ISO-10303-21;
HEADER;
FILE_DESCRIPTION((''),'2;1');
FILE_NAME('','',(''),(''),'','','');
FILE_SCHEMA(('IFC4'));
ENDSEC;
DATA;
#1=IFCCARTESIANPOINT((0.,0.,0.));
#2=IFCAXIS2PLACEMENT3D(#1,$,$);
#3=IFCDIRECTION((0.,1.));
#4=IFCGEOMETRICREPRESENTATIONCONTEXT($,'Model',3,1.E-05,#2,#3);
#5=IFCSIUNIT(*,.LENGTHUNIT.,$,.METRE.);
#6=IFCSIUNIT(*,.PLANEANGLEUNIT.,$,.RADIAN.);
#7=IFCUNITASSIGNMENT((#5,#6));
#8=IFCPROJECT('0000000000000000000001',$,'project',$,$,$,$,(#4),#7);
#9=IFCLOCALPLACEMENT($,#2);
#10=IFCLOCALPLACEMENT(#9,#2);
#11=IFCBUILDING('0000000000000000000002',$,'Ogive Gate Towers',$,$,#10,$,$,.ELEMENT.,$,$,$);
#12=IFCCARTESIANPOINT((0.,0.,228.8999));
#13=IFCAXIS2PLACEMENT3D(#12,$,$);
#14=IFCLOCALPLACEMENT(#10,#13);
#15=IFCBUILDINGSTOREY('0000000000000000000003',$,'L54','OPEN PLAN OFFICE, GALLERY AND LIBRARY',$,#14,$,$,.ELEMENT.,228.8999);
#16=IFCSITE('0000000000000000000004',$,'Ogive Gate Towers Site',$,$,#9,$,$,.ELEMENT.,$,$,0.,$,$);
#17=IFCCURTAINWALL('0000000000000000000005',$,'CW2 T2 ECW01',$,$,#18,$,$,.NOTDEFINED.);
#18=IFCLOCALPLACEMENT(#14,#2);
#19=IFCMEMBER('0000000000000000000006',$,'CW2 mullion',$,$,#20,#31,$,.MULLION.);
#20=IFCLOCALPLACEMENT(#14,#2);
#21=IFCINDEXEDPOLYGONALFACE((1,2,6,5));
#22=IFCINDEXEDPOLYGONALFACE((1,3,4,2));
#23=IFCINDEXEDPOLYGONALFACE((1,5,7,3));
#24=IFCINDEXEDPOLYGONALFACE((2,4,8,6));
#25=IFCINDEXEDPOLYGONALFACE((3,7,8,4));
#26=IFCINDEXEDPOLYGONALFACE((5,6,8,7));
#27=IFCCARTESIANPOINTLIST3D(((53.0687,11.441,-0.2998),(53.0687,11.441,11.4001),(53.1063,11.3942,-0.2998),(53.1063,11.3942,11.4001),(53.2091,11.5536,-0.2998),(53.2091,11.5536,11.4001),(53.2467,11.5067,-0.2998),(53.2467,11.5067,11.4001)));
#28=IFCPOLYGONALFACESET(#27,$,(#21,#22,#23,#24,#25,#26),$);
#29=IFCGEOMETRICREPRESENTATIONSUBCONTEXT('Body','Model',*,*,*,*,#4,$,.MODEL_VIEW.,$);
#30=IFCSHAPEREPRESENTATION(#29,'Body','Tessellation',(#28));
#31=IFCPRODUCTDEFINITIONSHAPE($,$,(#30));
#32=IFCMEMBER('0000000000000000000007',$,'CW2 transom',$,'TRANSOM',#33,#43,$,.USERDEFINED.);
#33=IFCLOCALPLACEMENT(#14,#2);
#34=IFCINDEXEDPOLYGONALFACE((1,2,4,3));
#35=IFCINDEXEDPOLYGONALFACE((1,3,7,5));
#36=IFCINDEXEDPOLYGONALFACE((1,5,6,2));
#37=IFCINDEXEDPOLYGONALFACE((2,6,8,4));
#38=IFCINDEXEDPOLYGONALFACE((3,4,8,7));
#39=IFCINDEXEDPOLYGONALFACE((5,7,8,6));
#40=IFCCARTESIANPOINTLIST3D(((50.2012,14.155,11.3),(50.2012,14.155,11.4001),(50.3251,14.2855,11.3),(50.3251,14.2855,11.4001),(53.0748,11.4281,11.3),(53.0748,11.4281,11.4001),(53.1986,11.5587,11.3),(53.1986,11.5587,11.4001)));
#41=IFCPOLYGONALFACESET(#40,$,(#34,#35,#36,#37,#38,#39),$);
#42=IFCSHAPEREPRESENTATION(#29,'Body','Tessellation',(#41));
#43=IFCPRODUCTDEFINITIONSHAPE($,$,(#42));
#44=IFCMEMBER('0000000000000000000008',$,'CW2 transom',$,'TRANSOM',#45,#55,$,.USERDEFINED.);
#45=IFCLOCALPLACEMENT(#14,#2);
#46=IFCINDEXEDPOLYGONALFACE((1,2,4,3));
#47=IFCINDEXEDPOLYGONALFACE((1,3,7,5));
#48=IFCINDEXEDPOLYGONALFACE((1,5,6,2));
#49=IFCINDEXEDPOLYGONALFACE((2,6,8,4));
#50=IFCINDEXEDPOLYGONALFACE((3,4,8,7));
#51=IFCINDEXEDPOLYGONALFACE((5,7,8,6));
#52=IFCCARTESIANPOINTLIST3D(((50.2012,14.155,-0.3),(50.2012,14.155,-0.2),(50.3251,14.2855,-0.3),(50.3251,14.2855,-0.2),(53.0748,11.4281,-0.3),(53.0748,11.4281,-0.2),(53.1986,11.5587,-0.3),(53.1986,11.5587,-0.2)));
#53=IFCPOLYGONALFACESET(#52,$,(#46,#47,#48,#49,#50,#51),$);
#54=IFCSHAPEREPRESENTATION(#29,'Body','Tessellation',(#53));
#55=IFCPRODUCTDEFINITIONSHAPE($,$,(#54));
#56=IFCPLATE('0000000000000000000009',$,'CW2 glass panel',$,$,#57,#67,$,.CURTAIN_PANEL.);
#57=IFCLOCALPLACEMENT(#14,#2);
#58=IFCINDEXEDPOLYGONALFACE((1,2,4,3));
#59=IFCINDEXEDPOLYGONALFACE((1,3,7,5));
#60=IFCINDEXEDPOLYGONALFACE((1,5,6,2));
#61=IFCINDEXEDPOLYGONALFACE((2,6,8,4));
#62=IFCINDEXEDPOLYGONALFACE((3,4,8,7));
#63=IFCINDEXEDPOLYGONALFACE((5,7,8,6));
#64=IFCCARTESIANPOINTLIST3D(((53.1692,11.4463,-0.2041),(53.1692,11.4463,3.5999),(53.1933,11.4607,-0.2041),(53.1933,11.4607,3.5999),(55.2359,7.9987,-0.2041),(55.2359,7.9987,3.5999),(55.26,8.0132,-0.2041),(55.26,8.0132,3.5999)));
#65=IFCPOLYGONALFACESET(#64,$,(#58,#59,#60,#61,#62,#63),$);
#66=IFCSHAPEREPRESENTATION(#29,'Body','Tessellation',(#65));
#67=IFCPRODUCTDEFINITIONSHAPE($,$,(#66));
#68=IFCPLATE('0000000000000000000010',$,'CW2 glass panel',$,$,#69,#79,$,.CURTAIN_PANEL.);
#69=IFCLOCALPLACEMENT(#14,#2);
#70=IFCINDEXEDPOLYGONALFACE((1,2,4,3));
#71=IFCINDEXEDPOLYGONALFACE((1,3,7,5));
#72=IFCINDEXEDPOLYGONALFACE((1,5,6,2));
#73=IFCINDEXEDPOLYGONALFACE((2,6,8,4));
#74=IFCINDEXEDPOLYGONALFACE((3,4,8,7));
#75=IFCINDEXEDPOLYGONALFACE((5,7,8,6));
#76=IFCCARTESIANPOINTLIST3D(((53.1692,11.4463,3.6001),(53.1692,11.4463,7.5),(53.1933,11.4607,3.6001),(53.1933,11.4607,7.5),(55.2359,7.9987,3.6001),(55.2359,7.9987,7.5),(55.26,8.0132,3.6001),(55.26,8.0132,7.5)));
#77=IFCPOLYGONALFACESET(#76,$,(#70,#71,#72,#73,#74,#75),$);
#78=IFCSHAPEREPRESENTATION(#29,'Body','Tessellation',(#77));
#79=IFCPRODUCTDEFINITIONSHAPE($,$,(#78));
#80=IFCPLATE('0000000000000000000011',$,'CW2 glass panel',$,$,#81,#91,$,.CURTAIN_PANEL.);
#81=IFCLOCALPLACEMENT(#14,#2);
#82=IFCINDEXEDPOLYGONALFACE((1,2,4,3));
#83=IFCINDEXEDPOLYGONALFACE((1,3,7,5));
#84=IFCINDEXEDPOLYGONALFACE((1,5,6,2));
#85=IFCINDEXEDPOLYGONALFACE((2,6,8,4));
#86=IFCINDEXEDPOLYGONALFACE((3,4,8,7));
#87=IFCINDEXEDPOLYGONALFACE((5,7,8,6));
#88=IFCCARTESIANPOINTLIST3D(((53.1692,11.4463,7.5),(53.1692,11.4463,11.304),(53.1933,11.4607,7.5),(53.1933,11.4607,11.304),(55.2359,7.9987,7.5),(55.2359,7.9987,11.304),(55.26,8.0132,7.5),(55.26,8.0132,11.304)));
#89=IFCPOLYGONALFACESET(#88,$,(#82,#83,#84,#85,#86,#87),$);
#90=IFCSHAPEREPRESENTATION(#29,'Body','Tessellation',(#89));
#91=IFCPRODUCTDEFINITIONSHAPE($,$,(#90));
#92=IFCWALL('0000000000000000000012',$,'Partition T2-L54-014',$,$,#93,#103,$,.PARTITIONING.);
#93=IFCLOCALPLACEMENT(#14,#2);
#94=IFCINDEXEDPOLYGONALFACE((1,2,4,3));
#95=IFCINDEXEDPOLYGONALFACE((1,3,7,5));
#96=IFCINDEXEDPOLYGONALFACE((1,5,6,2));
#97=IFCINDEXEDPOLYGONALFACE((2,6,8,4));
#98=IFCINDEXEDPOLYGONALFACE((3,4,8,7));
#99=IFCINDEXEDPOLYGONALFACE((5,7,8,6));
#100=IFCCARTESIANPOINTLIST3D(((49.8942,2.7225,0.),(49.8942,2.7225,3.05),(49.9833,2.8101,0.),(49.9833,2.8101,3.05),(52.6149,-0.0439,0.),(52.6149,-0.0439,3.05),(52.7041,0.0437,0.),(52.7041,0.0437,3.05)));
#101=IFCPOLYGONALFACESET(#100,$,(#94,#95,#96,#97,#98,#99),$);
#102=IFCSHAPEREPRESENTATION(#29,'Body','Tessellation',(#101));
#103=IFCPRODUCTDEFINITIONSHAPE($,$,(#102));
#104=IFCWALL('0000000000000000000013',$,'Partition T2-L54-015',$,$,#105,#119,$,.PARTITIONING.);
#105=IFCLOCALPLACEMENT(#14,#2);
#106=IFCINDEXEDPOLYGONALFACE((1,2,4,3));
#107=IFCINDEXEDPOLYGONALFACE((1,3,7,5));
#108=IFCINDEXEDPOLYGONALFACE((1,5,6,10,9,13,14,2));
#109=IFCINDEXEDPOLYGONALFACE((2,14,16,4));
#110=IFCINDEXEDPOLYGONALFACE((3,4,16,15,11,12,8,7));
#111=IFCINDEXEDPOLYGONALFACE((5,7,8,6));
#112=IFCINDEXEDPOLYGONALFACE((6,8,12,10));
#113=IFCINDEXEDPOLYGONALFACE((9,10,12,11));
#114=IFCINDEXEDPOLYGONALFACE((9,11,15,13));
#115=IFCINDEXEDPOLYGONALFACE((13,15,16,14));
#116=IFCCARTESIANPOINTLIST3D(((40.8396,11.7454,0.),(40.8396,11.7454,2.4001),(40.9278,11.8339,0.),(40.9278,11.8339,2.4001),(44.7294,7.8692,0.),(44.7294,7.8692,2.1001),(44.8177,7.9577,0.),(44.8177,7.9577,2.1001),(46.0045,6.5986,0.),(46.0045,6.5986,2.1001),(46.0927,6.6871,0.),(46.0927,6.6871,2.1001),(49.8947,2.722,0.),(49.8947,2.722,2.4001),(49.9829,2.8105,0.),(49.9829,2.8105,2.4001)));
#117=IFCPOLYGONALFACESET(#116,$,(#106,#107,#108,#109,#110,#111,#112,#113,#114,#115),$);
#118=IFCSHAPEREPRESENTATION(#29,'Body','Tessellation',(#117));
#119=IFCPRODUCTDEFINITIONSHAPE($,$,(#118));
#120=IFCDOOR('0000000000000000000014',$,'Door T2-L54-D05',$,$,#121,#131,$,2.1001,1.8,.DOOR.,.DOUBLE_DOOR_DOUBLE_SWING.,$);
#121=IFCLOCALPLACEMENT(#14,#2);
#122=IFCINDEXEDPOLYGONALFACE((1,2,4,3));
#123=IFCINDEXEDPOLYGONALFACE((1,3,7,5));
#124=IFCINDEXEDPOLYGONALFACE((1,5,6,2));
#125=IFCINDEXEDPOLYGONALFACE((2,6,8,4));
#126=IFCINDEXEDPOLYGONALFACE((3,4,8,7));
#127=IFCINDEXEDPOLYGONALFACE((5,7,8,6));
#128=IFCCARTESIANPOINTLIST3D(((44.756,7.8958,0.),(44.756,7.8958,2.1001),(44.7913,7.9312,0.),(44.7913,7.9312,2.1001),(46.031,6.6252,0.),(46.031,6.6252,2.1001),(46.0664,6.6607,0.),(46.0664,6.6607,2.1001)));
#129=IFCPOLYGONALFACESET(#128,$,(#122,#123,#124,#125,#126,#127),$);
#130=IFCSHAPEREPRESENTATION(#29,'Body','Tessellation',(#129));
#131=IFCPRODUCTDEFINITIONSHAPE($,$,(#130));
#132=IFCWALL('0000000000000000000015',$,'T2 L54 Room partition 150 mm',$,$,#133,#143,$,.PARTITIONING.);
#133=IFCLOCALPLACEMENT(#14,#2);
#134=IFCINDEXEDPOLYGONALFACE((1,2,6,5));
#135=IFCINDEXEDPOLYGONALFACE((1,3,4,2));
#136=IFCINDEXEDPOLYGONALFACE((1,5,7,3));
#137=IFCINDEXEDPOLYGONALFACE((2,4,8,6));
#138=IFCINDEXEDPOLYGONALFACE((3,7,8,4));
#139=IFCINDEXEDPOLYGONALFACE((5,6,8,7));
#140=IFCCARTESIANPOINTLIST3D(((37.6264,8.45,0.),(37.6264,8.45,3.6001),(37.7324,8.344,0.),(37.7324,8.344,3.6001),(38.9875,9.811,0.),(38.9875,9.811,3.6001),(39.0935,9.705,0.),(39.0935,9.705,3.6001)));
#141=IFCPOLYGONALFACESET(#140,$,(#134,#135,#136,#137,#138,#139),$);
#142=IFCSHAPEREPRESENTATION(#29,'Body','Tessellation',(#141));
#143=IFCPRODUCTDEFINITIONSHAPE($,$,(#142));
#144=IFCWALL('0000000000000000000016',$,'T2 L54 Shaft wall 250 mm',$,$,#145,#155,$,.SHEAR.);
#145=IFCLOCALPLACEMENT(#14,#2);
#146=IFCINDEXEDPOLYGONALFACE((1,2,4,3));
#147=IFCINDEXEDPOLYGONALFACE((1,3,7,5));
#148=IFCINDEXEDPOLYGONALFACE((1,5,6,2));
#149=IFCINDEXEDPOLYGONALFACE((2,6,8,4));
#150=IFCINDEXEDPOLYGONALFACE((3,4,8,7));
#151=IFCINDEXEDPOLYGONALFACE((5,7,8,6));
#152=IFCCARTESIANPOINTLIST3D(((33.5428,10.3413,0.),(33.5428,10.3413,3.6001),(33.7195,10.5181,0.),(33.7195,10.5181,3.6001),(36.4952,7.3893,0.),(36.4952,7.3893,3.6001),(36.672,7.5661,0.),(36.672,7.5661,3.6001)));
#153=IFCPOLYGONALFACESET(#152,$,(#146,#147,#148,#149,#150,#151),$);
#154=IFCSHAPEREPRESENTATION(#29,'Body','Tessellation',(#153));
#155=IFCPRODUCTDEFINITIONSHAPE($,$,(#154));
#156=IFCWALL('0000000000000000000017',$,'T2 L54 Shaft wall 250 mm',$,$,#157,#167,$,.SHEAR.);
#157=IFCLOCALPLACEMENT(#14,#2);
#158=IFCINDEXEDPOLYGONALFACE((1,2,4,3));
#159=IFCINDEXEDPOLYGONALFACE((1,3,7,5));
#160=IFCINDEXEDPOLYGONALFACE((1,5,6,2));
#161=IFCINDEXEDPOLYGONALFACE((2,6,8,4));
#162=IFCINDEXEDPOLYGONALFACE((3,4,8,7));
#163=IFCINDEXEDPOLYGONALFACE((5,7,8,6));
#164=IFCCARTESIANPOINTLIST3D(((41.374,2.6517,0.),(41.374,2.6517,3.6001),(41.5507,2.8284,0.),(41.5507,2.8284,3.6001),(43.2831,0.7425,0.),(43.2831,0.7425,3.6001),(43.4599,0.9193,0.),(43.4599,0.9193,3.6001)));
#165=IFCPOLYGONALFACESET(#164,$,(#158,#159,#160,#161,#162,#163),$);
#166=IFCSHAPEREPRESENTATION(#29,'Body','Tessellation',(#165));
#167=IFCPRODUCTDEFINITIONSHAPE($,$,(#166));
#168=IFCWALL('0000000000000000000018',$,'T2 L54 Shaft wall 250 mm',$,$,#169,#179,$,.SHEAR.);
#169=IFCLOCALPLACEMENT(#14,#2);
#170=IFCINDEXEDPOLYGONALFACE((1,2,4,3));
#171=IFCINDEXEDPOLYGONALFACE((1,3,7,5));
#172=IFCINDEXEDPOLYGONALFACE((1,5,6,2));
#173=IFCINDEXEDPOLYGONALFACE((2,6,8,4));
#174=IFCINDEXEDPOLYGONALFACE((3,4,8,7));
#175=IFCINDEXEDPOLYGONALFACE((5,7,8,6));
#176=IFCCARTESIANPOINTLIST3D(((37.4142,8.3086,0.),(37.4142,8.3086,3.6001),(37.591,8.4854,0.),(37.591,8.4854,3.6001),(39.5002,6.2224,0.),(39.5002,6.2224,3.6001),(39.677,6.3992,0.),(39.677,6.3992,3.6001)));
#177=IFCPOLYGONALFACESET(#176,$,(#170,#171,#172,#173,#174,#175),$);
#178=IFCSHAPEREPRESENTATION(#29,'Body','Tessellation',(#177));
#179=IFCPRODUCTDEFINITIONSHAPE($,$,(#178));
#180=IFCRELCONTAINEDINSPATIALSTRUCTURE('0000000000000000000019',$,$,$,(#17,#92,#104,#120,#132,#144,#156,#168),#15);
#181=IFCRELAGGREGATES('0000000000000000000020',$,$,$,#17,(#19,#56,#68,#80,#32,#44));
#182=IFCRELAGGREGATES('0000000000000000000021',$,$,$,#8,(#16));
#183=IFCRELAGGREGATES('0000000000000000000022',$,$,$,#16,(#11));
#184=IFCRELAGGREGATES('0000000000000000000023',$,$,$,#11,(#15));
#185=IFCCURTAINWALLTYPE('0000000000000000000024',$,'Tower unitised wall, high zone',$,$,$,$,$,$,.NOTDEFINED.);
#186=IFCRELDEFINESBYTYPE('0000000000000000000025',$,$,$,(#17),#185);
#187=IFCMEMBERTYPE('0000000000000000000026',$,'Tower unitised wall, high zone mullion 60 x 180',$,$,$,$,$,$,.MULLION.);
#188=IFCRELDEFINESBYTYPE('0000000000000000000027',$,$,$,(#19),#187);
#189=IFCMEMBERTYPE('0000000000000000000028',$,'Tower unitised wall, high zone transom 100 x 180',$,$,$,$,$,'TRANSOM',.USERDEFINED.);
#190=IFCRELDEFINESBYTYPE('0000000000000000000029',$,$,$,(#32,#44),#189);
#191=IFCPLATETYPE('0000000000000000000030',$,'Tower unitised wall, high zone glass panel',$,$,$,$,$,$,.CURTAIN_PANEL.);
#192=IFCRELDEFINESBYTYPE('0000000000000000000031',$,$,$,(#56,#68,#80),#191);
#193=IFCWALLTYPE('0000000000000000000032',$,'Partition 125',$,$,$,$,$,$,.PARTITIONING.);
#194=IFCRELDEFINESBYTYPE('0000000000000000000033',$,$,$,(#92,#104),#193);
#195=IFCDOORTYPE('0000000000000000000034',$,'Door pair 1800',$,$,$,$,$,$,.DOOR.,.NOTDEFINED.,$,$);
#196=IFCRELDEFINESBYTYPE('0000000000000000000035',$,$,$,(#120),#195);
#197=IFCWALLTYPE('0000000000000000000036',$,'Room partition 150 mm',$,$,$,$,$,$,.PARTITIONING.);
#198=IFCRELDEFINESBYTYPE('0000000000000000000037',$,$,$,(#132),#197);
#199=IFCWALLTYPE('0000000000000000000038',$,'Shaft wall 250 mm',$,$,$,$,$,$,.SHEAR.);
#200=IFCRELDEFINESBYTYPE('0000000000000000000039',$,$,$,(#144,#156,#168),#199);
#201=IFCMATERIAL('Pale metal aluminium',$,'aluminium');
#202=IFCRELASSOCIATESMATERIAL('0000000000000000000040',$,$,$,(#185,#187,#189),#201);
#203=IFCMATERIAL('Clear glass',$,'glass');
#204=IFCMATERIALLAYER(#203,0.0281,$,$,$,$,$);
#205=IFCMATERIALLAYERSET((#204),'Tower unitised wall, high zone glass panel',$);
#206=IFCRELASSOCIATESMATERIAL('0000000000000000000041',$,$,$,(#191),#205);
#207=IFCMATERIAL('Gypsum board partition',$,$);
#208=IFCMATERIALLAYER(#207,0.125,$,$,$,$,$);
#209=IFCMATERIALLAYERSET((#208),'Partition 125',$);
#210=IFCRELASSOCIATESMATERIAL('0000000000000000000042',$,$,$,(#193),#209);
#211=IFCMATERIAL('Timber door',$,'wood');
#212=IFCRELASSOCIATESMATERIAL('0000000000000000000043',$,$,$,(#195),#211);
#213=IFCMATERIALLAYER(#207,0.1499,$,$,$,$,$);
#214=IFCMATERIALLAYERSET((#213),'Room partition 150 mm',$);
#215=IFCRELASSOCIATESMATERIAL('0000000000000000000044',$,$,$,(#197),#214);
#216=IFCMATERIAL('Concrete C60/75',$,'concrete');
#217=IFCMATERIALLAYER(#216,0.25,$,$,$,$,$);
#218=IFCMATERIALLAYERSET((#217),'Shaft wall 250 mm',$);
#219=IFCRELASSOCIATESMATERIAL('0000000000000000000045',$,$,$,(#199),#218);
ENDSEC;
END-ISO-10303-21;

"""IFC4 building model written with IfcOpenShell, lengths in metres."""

from ifc_helpers import new_model, si_unit, direction, frame, frame_2d, origin, origin_2d, place, context, subcontext, project, spatial, rectangle, extrude, material, layer, layer_set, material_profile, profile_set, type_object, element, fill, aggregate, save


model = new_model("IFC4")

# Units and contexts
model_context = context("Model", 3, precision=1e-05, world=origin(), true_north=direction((0.0, 1.0)))
body_context = subcontext(model_context, "Body", "Model", "MODEL_VIEW")
ifc_project = project(units=[si_unit("LENGTHUNIT", "METRE"), si_unit("PLANEANGLEUNIT", "RADIAN")], contexts=[model_context])

# Site, building, storey
site_placement = place(None, origin())
site = spatial("IfcSite", under=ifc_project, at=site_placement, Name="Ogive Gate Towers Site", CompositionType="ELEMENT", RefElevation=0.0)
building_placement = place(site_placement, origin())
building = spatial("IfcBuilding", under=site, at=building_placement, Name="Ogive Gate Towers", CompositionType="ELEMENT")
storey_placement = place(building_placement, frame((0.0, 0.0, 228.8999)))
storey = spatial("IfcBuildingStorey", under=building, at=storey_placement, Name="L54", Description="OPEN PLAN OFFICE, GALLERY AND LIBRARY", CompositionType="ELEMENT", Elevation=228.8999)

# Curtain wall, members, plates
ifc_material_1 = material(Name="Pale metal aluminium", Category="aluminium")
curtain_wall_type = type_object("IfcCurtainWallType", Name="Tower unitised wall, high zone", PredefinedType="NOTDEFINED", material=ifc_material_1)
curtain_wall_placement = place(storey_placement, origin())
curtain_wall = element("IfcCurtainWall", 1, at=curtain_wall_placement, inside=storey, type_object=curtain_wall_type, Name="CW2 T2 ECW01", PredefinedType="NOTDEFINED")
ifc_material_profile_1 = material_profile(ifc_material_1, rectangle(XDim=0.1799, YDim=0.0601, at=origin_2d()), Name="60 x 180 aluminium box")
ifc_profile_set_1 = profile_set([ifc_material_profile_1], Name="Pale metal aluminium")
member_type_1 = type_object("IfcMemberType", Name="Tower unitised wall, high zone mullion 60 x 180", PredefinedType="MULLION", material=ifc_profile_set_1)
member_1_placement = place(storey_placement, frame((53.1577, 11.4739, -0.2998), z_axis=(0.0, 0.0, 1.0), x_axis=(0.780201, 0.625529, 0.0)))
member_1 = element("IfcMember", 2, at=member_1_placement, type_object=member_type_1, Name="CW2 mullion", PredefinedType="MULLION", context=body_context, shape_type="SweptSolid", body=[
    extrude(rectangle(XDim=0.1799, YDim=0.0601, at=origin_2d()), origin(), (0.0, 0.0, 1.0), 11.7),
])
ifc_material_profile_2 = material_profile(ifc_material_1, rectangle(XDim=0.1799, YDim=0.1001, at=origin_2d()), Name="100 x 180 aluminium box")
ifc_profile_set_2 = profile_set([ifc_material_profile_2], Name="Pale metal aluminium")
member_type_2 = type_object("IfcMemberType", Name="Tower unitised wall, high zone transom 100 x 180", ElementType="TRANSOM", PredefinedType="USERDEFINED", material=ifc_profile_set_2)
member_2_placement = place(storey_placement, frame((53.1367, 11.4934, 11.3501), z_axis=(-0.725384, 0.688344, 0.0), x_axis=(-0.688344, -0.725384, 0.0)))
member_2 = element("IfcMember", 3, at=member_2_placement, type_object=member_type_2, Name="CW2 transom", ObjectType="TRANSOM", PredefinedType="USERDEFINED", context=body_context, shape_type="SweptSolid", body=[
    extrude(rectangle(XDim=0.1799, YDim=0.1001, at=origin_2d()), origin(), (0.0, 0.0, 1.0), 3.9614),
])
member_3_placement = place(storey_placement, frame((53.1367, 11.4934, -0.25), z_axis=(-0.725384, 0.688344, 0.0), x_axis=(-0.688344, -0.725384, 0.0)))
member_3 = element("IfcMember", 4, at=member_3_placement, type_object=member_type_2, Name="CW2 transom", ObjectType="TRANSOM", PredefinedType="USERDEFINED", context=body_context, shape_type="SweptSolid", body=[
    extrude(rectangle(XDim=0.1799, YDim=0.1001, at=origin_2d()), origin(), (0.0, 0.0, 1.0), 3.9614),
])
ifc_material_2 = material(Name="Clear glass", Category="glass")
ifc_layer_1 = layer(ifc_material_2, 0.0281)
ifc_layer_set_1 = layer_set([ifc_layer_1], Name="Tower unitised wall, high zone glass panel")
plate_type = type_object("IfcPlateType", Name="Tower unitised wall, high zone glass panel", PredefinedType="CURTAIN_PANEL", material=ifc_layer_set_1)
plate_1_placement = place(storey_placement, frame((54.2146, 9.7297, -0.2041), z_axis=(0.0, 0.0, 1.0), x_axis=(-0.514155, 0.857697, 0.0)))
plate_1 = element("IfcPlate", 5, at=plate_1_placement, type_object=plate_type, Name="CW2 glass panel", PredefinedType="CURTAIN_PANEL", context=body_context, shape_type="SweptSolid", body=[
    extrude(rectangle(XDim=4.0195, YDim=0.0281, at=origin_2d()), origin(), (0.0, 0.0, 1.0), 3.804),
])
plate_2_placement = place(storey_placement, frame((54.2146, 9.7297, 3.6001), z_axis=(0.0, 0.0, 1.0), x_axis=(-0.514155, 0.857697, 0.0)))
plate_2 = element("IfcPlate", 6, at=plate_2_placement, type_object=plate_type, Name="CW2 glass panel", PredefinedType="CURTAIN_PANEL", context=body_context, shape_type="SweptSolid", body=[
    extrude(rectangle(XDim=4.0195, YDim=0.0281, at=origin_2d()), origin(), (0.0, 0.0, 1.0), 3.8999),
])
plate_3_placement = place(storey_placement, frame((54.2146, 9.7297, 7.5), z_axis=(0.0, 0.0, 1.0), x_axis=(-0.514155, 0.857697, 0.0)))
plate_3 = element("IfcPlate", 7, at=plate_3_placement, type_object=plate_type, Name="CW2 glass panel", PredefinedType="CURTAIN_PANEL", context=body_context, shape_type="SweptSolid", body=[
    extrude(rectangle(XDim=4.0195, YDim=0.0281, at=origin_2d()), origin(), (0.0, 0.0, 1.0), 3.804),
])
aggregate(curtain_wall, [member_1, plate_1, plate_2, plate_3, member_2, member_3])

# Wall
ifc_material_3 = material(Name="Gypsum board partition")
ifc_layer_2 = layer(ifc_material_3, 0.125)
ifc_layer_set_2 = layer_set([ifc_layer_2], Name="Partition 125")
wall_type_1 = type_object("IfcWallType", Name="Partition 125", PredefinedType="PARTITIONING", material=ifc_layer_set_2)
wall_1_placement = place(storey_placement, frame((52.6594, 0.0, 0.0), z_axis=(0.0, 0.0, 1.0), x_axis=(-0.701199, 0.712965, 0.0)))
element("IfcWall", 8, at=wall_1_placement, inside=storey, type_object=wall_type_1, Name="Partition T2-L54-014", PredefinedType="PARTITIONING", context=body_context, shape_type="SweptSolid", body=[
    extrude(rectangle(XDim=3.8801, YDim=0.125, at=frame_2d((1.9399, 0.0))), origin(), (0.0, 0.0, 1.0), 3.05),
])

# Wall, opening, door
wall_2_placement = place(storey_placement, frame((49.9387, 2.7664, 0.0), z_axis=(0.0, 0.0, 1.0), x_axis=(-0.708347, 0.705864, 0.0)))
wall_2 = element("IfcWall", 9, at=wall_2_placement, inside=storey, type_object=wall_type_1, Name="Partition T2-L54-015", PredefinedType="PARTITIONING", context=body_context, shape_type="SweptSolid", body=[
    extrude(rectangle(XDim=12.7834, YDim=0.125, at=frame_2d((6.3916, 0.0))), origin(), (0.0, 0.0, 1.0), 2.4001),
])
opening_placement = place(wall_2_placement, frame((5.4919, 0.0, 0.0)))
opening = element("IfcOpeningElement", 10, at=opening_placement, cuts=wall_2, PredefinedType="OPENING", context=body_context, shape_type="SweptSolid", body=[
    extrude(rectangle(XDim=1.8, YDim=2.1001, at=frame_2d((0.8999, 1.05))), frame((0.0, 0.0725, 0.0), z_axis=(0.0, -1.0, 0.0), x_axis=(1.0, 0.0, 0.0)), (0.0, 0.0, 1.0), 0.145),
])
ifc_material_4 = material(Name="Timber door", Category="wood")
door_type = type_object("IfcDoorType", Name="Door pair 1800", OperationType="NOTDEFINED", PredefinedType="DOOR", material=ifc_material_4)
door_placement = place(opening_placement, origin())
door = element("IfcDoor", 11, at=door_placement, inside=storey, type_object=door_type, Name="Door T2-L54-D05", OperationType="DOUBLE_DOOR_DOUBLE_SWING", OverallHeight=2.1001, OverallWidth=1.8, PredefinedType="DOOR", context=body_context, shape_type="SweptSolid", body=[
    extrude(rectangle(XDim=1.8, YDim=2.1001, at=frame_2d((0.8999, 1.05))), frame((0.0, 0.0249, 0.0), z_axis=(0.0, -1.0, 0.0), x_axis=(1.0, 0.0, 0.0)), (0.0, 0.0, 1.0), 0.05),
])
fill(opening, door)

# Walls
ifc_layer_3 = layer(ifc_material_3, 0.1499)
ifc_layer_set_3 = layer_set([ifc_layer_3], Name="Room partition 150 mm")
wall_type_2 = type_object("IfcWallType", Name="Room partition 150 mm", PredefinedType="PARTITIONING", material=ifc_layer_set_3)
wall_3_placement = place(storey_placement, frame((37.6794, 8.397, 0.0), z_axis=(0.0, 0.0, 1.0), x_axis=(0.707107, 0.707107, 0.0)))
element("IfcWall", 12, at=wall_3_placement, inside=storey, type_object=wall_type_2, Name="T2 L54 Room partition 150 mm", PredefinedType="PARTITIONING", context=body_context, shape_type="SweptSolid", body=[
    extrude(rectangle(XDim=1.9248, YDim=0.1499, at=frame_2d((0.9624, 0.0))), origin(), (0.0, 0.0, 1.0), 3.6001),
])
ifc_material_5 = material(Name="Concrete C60/75", Category="concrete")
ifc_layer_4 = layer(ifc_material_5, 0.25)
ifc_layer_set_4 = layer_set([ifc_layer_4], Name="Shaft wall 250 mm")
wall_type_3 = type_object("IfcWallType", Name="Shaft wall 250 mm", PredefinedType="SHEAR", material=ifc_layer_set_4)
wall_4_placement = place(storey_placement, frame((36.5835, 7.4778, 0.0), z_axis=(0.0, 0.0, 1.0), x_axis=(-0.707165, 0.707048, 0.0)))
element("IfcWall", 13, at=wall_4_placement, inside=storey, type_object=wall_type_3, Name="T2 L54 Shaft wall 250 mm", PredefinedType="SHEAR", context=body_context, shape_type="SweptSolid", body=[
    extrude(rectangle(XDim=4.175, YDim=0.25, at=frame_2d((2.0874, 0.0))), origin(), (0.0, 0.0, 1.0), 3.6001),
])
wall_5_placement = place(storey_placement, frame((43.3716, 0.8308, 0.0), z_axis=(0.0, 0.0, 1.0), x_axis=(-0.707107, 0.707107, 0.0)))
element("IfcWall", 14, at=wall_5_placement, inside=storey, type_object=wall_type_3, Name="T2 L54 Shaft wall 250 mm", PredefinedType="SHEAR", context=body_context, shape_type="SweptSolid", body=[
    extrude(rectangle(XDim=2.7, YDim=0.25, at=frame_2d((1.3501, 0.0))), origin(), (0.0, 0.0, 1.0), 3.6001),
])
wall_6_placement = place(storey_placement, frame((39.5886, 6.3108, 0.0), z_axis=(0.0, 0.0, 1.0), x_axis=(-0.707065, 0.707148, 0.0)))
element("IfcWall", 15, at=wall_6_placement, inside=storey, type_object=wall_type_3, Name="T2 L54 Shaft wall 250 mm", PredefinedType="SHEAR", context=body_context, shape_type="SweptSolid", body=[
    extrude(rectangle(XDim=2.9502, YDim=0.25, at=frame_2d((1.4751, 0.0))), origin(), (0.0, 0.0, 1.0), 3.6001),
])

save(model, "model.ifc")
